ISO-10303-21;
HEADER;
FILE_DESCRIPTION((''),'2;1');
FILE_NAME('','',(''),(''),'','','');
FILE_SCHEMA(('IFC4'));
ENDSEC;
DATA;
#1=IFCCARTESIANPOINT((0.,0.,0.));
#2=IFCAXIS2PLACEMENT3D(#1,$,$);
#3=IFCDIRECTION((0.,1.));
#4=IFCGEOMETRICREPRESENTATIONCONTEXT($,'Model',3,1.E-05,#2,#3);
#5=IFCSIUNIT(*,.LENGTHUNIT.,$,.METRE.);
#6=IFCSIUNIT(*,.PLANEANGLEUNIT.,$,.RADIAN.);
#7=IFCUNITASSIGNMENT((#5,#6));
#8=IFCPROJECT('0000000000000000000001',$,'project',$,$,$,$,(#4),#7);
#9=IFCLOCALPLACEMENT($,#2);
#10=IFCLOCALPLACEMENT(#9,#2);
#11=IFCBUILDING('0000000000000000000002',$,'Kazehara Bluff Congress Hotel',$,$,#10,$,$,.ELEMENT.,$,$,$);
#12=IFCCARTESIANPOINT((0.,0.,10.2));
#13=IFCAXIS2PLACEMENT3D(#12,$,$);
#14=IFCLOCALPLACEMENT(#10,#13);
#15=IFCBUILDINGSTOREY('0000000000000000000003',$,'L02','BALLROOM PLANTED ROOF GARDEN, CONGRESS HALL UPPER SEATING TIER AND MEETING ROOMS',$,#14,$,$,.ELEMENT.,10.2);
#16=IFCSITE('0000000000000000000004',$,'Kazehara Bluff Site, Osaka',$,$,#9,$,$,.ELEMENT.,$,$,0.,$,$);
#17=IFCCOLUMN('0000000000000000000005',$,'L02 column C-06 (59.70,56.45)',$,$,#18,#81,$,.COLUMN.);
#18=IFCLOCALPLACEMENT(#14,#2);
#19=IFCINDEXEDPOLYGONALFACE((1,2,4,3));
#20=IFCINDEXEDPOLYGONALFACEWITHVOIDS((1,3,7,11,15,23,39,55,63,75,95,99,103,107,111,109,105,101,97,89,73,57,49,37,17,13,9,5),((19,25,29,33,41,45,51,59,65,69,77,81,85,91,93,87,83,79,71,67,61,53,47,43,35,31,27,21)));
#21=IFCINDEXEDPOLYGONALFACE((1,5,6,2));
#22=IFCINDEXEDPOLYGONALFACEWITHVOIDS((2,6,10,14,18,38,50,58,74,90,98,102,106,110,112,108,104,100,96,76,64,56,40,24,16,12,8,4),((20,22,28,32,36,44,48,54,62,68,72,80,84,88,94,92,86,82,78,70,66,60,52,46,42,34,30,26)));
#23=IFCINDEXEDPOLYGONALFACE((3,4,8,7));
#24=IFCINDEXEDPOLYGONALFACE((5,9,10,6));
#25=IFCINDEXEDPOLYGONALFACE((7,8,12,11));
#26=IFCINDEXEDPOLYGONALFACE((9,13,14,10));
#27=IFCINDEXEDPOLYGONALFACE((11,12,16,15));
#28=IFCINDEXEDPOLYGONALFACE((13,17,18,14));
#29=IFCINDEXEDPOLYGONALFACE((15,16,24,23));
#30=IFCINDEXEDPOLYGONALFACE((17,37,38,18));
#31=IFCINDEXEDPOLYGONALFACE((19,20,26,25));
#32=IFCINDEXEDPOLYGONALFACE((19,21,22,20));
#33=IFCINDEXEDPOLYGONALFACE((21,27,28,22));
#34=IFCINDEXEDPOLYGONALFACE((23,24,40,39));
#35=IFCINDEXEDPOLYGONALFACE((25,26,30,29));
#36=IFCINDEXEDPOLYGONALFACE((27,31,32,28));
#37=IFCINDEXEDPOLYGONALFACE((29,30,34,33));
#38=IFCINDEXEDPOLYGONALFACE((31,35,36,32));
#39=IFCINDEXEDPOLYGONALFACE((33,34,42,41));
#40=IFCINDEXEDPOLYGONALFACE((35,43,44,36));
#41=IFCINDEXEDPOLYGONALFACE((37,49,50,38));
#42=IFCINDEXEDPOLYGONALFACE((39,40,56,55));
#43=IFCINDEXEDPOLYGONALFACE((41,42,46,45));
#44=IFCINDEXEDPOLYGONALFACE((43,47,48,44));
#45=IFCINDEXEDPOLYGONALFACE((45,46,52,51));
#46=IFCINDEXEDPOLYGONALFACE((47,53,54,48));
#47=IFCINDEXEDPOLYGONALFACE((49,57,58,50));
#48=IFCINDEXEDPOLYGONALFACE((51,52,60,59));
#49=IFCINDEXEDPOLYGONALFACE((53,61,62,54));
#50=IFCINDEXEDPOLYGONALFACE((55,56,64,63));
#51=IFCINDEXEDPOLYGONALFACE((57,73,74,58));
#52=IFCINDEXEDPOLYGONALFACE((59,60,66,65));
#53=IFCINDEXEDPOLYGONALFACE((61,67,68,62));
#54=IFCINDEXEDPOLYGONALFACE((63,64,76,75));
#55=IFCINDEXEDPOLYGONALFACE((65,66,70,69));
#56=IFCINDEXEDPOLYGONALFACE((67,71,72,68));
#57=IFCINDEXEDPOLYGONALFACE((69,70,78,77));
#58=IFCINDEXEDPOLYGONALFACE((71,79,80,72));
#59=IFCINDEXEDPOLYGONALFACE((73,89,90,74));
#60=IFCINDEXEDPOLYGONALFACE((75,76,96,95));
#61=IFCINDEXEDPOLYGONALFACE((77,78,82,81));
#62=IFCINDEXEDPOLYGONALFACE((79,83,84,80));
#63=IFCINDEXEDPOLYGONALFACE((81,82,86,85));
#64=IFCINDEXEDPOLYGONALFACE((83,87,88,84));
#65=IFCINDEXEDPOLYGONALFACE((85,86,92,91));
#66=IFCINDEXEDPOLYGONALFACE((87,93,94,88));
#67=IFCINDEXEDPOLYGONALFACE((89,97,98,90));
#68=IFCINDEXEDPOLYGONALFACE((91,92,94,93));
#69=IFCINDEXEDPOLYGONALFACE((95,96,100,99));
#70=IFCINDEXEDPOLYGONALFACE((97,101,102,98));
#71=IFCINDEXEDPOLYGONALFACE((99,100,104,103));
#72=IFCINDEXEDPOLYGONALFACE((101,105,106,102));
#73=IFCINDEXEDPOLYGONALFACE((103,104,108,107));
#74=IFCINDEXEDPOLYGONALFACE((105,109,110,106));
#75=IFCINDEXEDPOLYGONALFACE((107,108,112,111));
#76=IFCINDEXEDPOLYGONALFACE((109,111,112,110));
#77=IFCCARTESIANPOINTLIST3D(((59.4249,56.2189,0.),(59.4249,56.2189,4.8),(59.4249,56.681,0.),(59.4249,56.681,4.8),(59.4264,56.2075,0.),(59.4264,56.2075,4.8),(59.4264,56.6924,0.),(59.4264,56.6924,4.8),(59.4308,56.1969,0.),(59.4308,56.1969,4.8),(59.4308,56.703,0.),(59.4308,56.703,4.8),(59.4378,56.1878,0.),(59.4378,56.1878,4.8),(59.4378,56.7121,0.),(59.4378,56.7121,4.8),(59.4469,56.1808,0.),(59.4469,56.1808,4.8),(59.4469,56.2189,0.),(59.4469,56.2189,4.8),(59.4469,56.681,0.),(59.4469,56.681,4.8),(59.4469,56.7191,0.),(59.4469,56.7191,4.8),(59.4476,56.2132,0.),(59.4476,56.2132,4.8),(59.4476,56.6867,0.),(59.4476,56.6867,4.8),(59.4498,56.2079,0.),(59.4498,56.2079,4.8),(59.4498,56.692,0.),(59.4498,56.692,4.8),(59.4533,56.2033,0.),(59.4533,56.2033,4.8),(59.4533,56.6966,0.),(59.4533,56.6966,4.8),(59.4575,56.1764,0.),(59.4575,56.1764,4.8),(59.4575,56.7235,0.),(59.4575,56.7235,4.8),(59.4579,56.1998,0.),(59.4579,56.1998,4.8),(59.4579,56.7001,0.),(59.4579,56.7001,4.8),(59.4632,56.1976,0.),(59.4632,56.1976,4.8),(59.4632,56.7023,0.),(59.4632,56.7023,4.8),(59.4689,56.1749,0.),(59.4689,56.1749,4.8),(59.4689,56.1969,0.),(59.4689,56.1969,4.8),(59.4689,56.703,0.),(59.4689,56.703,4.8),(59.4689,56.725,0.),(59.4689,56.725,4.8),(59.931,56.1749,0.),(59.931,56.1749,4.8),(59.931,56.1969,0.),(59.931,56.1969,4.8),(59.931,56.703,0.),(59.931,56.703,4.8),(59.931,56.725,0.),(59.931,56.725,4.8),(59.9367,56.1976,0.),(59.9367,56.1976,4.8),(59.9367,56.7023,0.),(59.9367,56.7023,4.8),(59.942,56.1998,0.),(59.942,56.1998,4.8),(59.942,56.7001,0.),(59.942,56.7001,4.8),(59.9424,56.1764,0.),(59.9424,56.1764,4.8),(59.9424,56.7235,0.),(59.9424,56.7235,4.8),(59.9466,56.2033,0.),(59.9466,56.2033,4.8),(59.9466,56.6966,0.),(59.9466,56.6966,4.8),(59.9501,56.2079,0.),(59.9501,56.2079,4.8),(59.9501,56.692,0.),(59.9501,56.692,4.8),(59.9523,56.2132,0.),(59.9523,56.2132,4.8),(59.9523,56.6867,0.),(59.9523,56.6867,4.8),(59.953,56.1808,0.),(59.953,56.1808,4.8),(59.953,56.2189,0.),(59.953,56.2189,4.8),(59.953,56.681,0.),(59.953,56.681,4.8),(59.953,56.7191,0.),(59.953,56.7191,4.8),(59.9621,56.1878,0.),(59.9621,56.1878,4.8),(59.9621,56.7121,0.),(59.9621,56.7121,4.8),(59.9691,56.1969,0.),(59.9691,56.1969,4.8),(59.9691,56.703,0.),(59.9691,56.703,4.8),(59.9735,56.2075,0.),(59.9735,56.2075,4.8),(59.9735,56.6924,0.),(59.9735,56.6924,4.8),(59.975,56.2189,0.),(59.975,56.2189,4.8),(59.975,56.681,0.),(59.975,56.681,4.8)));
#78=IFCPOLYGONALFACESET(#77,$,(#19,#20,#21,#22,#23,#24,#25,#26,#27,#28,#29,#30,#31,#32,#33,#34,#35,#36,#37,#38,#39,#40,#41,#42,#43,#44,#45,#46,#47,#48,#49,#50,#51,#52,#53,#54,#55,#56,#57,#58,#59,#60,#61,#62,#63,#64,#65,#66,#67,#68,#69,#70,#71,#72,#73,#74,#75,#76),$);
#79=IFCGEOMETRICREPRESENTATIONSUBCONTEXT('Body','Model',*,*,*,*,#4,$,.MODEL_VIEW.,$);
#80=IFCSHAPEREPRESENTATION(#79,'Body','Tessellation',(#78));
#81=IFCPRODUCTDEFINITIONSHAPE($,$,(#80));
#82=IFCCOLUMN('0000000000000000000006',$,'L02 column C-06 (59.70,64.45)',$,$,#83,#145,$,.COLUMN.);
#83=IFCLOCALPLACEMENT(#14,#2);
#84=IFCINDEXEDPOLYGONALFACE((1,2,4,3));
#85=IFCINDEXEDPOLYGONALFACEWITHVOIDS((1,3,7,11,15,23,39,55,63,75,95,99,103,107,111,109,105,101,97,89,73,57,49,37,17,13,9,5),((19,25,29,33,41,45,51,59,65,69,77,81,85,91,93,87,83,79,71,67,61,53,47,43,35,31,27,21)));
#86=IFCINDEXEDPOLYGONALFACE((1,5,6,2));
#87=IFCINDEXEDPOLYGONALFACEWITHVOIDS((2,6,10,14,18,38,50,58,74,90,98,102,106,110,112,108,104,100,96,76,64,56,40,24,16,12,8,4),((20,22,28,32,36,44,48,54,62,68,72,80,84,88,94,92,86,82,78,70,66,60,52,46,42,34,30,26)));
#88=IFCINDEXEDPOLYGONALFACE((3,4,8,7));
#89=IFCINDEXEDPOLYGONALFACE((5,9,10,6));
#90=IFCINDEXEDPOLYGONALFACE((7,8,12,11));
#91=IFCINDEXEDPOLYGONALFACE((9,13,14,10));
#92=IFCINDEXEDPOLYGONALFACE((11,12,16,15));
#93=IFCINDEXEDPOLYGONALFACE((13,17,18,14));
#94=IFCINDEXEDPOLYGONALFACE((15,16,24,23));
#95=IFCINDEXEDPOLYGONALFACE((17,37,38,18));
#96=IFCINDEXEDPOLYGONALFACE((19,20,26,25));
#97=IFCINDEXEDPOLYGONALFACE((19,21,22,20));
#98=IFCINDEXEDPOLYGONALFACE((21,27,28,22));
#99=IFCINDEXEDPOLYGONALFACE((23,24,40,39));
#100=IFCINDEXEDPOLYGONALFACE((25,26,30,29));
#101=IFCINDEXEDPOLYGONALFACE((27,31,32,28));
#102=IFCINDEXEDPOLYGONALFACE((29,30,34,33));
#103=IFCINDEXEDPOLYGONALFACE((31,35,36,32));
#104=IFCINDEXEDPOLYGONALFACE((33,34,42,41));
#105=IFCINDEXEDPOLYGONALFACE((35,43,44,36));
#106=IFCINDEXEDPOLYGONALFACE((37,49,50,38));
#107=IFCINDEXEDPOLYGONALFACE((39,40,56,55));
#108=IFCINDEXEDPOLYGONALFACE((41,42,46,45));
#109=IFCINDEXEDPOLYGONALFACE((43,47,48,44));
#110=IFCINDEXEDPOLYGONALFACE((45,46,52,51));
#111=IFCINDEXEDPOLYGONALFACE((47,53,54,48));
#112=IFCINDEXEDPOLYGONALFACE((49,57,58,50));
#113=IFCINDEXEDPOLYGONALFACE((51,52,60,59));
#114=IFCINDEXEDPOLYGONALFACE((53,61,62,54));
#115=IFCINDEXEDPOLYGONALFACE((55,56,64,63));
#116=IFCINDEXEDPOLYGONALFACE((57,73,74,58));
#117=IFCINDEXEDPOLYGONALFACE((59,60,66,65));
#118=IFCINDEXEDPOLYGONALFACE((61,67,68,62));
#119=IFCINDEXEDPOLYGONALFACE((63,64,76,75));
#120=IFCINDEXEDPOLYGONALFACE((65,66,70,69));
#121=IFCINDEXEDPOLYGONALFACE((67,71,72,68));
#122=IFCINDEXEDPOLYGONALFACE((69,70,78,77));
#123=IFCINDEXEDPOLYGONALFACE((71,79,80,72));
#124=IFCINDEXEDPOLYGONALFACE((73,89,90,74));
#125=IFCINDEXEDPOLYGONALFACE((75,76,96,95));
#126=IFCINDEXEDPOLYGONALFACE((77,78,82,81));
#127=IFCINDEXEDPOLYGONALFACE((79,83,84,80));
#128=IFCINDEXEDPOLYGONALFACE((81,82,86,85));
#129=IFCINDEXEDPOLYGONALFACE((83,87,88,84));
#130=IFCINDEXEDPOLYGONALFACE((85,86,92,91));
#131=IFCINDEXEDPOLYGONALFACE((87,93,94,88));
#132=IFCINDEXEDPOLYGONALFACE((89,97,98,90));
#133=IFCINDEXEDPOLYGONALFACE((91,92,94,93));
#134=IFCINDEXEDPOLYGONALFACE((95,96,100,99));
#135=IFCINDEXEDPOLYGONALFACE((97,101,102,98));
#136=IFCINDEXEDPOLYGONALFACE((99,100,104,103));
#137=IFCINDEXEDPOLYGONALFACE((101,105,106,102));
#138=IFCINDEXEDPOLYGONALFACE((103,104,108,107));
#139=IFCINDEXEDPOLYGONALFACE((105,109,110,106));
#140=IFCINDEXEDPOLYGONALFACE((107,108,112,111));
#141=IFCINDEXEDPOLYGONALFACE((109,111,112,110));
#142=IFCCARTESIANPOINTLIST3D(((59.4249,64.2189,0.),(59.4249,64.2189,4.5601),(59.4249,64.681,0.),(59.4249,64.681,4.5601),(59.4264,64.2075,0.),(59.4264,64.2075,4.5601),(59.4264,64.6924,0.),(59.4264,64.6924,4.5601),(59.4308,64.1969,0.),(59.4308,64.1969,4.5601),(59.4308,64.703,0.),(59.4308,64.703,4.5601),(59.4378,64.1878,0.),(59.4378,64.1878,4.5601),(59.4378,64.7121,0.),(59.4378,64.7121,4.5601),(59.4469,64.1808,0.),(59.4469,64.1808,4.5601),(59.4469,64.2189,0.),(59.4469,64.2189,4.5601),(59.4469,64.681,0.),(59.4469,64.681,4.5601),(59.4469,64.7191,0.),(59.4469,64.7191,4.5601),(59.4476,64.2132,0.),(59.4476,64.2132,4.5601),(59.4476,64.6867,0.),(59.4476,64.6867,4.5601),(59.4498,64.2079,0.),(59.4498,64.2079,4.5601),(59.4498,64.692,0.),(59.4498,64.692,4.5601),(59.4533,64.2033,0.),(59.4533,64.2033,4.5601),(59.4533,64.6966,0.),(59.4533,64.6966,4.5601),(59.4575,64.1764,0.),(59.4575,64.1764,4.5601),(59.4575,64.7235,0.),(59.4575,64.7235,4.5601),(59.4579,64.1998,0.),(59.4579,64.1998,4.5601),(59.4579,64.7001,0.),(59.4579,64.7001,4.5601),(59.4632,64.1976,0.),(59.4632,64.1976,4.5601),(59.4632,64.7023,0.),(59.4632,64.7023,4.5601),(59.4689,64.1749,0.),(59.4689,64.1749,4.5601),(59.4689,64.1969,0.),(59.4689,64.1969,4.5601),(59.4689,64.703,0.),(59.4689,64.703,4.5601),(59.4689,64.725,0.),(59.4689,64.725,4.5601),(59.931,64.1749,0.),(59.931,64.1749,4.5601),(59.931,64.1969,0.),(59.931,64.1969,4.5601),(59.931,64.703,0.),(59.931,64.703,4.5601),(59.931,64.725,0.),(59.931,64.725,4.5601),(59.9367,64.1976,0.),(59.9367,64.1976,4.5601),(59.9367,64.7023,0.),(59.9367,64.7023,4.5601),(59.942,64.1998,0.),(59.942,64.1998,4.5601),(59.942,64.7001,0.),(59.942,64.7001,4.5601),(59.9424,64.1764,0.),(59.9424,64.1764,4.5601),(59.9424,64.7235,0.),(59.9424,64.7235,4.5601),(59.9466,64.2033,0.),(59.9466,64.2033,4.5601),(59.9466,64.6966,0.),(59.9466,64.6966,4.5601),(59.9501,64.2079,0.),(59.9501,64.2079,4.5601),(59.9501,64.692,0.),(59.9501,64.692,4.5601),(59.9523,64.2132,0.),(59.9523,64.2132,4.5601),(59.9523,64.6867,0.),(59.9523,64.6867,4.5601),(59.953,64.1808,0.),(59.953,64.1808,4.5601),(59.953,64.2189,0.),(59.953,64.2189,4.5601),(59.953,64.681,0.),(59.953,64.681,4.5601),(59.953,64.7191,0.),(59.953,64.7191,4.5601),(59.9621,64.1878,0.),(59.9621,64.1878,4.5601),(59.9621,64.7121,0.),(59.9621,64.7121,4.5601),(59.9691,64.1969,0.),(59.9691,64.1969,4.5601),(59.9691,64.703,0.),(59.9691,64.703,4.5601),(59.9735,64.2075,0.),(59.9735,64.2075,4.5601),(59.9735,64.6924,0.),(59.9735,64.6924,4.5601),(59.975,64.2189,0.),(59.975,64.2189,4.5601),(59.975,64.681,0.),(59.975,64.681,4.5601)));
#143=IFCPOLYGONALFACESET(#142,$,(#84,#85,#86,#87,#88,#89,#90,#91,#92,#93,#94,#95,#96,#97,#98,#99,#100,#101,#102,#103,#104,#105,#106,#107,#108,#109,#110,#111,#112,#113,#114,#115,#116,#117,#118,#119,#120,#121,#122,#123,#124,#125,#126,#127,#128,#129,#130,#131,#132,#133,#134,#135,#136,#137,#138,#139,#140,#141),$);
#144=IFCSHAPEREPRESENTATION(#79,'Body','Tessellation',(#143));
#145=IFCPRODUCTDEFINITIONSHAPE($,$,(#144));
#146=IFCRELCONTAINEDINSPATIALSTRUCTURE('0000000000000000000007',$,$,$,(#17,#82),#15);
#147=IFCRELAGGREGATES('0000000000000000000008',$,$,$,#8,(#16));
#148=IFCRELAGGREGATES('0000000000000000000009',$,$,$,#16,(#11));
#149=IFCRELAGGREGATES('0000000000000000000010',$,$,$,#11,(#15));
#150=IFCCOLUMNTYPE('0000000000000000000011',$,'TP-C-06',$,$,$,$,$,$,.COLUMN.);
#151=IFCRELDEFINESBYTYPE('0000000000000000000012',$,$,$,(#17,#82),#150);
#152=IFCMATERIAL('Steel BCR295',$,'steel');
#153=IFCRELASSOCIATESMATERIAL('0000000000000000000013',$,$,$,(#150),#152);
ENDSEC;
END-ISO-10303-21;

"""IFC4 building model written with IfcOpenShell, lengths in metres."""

from ifc_helpers import new_model, si_unit, direction, frame, origin, origin_2d, place, context, subcontext, project, spatial, hollow_rectangle, extrude, material, material_profile, profile_set, type_object, element, save


model = new_model("IFC4")

# Units and contexts
model_context = context("Model", 3, precision=1e-05, world=origin(), true_north=direction((0.0, 1.0)))
body_context = subcontext(model_context, "Body", "Model", "MODEL_VIEW")
ifc_project = project(units=[si_unit("LENGTHUNIT", "METRE"), si_unit("PLANEANGLEUNIT", "RADIAN")], contexts=[model_context])

# Site, building, storey
site_placement = place(None, origin())
site = spatial("IfcSite", under=ifc_project, at=site_placement, Name="Kazehara Bluff Site, Osaka", CompositionType="ELEMENT", RefElevation=0.0)
building_placement = place(site_placement, origin())
building = spatial("IfcBuilding", under=site, at=building_placement, Name="Kazehara Bluff Congress Hotel", CompositionType="ELEMENT")
storey_placement = place(building_placement, frame((0.0, 0.0, 10.2)))
storey = spatial("IfcBuildingStorey", under=building, at=storey_placement, Name="L02", Description="BALLROOM PLANTED ROOF GARDEN, CONGRESS HALL UPPER SEATING TIER AND MEETING ROOMS", CompositionType="ELEMENT", Elevation=10.2)

# Columns
ifc_material_1 = material(Name="Steel BCR295", Category="steel")
ifc_material_profile_1 = material_profile(ifc_material_1, hollow_rectangle(XDim=0.55, YDim=0.55, WallThickness=0.022, InnerFilletRadius=0.022, OuterFilletRadius=0.0439, at=origin_2d()))
ifc_profile_set_1 = profile_set([ifc_material_profile_1], Name="Steel BCR295")
column_type = type_object("IfcColumnType", Name="TP-C-06", PredefinedType="COLUMN", material=ifc_profile_set_1)
column_placement = place(storey_placement, frame((59.7, 56.45, 0.0), z_axis=(0.0, 0.0, 1.0), x_axis=(1.0, 0.0, 0.0)))
element("IfcColumn", 1, at=column_placement, inside=storey, type_object=column_type, Name="L02 column C-06 (59.70,56.45)", PredefinedType="COLUMN", context=body_context, shape_type="SweptSolid", body=[
    extrude(hollow_rectangle(XDim=0.55, YDim=0.55, WallThickness=0.022, InnerFilletRadius=0.022, OuterFilletRadius=0.0439, at=origin_2d()), origin(), (0.0, 0.0, 1.0), 4.8),
])
for number, where, z_axis, x_axis, name in (
    (2, (59.7, 64.45, 0.0), (0.0, 0.0, 1.0), (1.0, 0.0, 0.0), "L02 column C-06 (59.70,64.45)"),
):
    element("IfcColumn", number, at=place(storey_placement, frame(where, z_axis=z_axis, x_axis=x_axis)), inside=storey, type_object=column_type, Name=name, PredefinedType="COLUMN", context=body_context, shape_type="SweptSolid", body=[
        extrude(hollow_rectangle(XDim=0.55, YDim=0.55, WallThickness=0.022, InnerFilletRadius=0.022, OuterFilletRadius=0.0439, at=origin_2d()), origin(), (0.0, 0.0, 1.0), 4.5601),
    ])

save(model, "model.ifc")
